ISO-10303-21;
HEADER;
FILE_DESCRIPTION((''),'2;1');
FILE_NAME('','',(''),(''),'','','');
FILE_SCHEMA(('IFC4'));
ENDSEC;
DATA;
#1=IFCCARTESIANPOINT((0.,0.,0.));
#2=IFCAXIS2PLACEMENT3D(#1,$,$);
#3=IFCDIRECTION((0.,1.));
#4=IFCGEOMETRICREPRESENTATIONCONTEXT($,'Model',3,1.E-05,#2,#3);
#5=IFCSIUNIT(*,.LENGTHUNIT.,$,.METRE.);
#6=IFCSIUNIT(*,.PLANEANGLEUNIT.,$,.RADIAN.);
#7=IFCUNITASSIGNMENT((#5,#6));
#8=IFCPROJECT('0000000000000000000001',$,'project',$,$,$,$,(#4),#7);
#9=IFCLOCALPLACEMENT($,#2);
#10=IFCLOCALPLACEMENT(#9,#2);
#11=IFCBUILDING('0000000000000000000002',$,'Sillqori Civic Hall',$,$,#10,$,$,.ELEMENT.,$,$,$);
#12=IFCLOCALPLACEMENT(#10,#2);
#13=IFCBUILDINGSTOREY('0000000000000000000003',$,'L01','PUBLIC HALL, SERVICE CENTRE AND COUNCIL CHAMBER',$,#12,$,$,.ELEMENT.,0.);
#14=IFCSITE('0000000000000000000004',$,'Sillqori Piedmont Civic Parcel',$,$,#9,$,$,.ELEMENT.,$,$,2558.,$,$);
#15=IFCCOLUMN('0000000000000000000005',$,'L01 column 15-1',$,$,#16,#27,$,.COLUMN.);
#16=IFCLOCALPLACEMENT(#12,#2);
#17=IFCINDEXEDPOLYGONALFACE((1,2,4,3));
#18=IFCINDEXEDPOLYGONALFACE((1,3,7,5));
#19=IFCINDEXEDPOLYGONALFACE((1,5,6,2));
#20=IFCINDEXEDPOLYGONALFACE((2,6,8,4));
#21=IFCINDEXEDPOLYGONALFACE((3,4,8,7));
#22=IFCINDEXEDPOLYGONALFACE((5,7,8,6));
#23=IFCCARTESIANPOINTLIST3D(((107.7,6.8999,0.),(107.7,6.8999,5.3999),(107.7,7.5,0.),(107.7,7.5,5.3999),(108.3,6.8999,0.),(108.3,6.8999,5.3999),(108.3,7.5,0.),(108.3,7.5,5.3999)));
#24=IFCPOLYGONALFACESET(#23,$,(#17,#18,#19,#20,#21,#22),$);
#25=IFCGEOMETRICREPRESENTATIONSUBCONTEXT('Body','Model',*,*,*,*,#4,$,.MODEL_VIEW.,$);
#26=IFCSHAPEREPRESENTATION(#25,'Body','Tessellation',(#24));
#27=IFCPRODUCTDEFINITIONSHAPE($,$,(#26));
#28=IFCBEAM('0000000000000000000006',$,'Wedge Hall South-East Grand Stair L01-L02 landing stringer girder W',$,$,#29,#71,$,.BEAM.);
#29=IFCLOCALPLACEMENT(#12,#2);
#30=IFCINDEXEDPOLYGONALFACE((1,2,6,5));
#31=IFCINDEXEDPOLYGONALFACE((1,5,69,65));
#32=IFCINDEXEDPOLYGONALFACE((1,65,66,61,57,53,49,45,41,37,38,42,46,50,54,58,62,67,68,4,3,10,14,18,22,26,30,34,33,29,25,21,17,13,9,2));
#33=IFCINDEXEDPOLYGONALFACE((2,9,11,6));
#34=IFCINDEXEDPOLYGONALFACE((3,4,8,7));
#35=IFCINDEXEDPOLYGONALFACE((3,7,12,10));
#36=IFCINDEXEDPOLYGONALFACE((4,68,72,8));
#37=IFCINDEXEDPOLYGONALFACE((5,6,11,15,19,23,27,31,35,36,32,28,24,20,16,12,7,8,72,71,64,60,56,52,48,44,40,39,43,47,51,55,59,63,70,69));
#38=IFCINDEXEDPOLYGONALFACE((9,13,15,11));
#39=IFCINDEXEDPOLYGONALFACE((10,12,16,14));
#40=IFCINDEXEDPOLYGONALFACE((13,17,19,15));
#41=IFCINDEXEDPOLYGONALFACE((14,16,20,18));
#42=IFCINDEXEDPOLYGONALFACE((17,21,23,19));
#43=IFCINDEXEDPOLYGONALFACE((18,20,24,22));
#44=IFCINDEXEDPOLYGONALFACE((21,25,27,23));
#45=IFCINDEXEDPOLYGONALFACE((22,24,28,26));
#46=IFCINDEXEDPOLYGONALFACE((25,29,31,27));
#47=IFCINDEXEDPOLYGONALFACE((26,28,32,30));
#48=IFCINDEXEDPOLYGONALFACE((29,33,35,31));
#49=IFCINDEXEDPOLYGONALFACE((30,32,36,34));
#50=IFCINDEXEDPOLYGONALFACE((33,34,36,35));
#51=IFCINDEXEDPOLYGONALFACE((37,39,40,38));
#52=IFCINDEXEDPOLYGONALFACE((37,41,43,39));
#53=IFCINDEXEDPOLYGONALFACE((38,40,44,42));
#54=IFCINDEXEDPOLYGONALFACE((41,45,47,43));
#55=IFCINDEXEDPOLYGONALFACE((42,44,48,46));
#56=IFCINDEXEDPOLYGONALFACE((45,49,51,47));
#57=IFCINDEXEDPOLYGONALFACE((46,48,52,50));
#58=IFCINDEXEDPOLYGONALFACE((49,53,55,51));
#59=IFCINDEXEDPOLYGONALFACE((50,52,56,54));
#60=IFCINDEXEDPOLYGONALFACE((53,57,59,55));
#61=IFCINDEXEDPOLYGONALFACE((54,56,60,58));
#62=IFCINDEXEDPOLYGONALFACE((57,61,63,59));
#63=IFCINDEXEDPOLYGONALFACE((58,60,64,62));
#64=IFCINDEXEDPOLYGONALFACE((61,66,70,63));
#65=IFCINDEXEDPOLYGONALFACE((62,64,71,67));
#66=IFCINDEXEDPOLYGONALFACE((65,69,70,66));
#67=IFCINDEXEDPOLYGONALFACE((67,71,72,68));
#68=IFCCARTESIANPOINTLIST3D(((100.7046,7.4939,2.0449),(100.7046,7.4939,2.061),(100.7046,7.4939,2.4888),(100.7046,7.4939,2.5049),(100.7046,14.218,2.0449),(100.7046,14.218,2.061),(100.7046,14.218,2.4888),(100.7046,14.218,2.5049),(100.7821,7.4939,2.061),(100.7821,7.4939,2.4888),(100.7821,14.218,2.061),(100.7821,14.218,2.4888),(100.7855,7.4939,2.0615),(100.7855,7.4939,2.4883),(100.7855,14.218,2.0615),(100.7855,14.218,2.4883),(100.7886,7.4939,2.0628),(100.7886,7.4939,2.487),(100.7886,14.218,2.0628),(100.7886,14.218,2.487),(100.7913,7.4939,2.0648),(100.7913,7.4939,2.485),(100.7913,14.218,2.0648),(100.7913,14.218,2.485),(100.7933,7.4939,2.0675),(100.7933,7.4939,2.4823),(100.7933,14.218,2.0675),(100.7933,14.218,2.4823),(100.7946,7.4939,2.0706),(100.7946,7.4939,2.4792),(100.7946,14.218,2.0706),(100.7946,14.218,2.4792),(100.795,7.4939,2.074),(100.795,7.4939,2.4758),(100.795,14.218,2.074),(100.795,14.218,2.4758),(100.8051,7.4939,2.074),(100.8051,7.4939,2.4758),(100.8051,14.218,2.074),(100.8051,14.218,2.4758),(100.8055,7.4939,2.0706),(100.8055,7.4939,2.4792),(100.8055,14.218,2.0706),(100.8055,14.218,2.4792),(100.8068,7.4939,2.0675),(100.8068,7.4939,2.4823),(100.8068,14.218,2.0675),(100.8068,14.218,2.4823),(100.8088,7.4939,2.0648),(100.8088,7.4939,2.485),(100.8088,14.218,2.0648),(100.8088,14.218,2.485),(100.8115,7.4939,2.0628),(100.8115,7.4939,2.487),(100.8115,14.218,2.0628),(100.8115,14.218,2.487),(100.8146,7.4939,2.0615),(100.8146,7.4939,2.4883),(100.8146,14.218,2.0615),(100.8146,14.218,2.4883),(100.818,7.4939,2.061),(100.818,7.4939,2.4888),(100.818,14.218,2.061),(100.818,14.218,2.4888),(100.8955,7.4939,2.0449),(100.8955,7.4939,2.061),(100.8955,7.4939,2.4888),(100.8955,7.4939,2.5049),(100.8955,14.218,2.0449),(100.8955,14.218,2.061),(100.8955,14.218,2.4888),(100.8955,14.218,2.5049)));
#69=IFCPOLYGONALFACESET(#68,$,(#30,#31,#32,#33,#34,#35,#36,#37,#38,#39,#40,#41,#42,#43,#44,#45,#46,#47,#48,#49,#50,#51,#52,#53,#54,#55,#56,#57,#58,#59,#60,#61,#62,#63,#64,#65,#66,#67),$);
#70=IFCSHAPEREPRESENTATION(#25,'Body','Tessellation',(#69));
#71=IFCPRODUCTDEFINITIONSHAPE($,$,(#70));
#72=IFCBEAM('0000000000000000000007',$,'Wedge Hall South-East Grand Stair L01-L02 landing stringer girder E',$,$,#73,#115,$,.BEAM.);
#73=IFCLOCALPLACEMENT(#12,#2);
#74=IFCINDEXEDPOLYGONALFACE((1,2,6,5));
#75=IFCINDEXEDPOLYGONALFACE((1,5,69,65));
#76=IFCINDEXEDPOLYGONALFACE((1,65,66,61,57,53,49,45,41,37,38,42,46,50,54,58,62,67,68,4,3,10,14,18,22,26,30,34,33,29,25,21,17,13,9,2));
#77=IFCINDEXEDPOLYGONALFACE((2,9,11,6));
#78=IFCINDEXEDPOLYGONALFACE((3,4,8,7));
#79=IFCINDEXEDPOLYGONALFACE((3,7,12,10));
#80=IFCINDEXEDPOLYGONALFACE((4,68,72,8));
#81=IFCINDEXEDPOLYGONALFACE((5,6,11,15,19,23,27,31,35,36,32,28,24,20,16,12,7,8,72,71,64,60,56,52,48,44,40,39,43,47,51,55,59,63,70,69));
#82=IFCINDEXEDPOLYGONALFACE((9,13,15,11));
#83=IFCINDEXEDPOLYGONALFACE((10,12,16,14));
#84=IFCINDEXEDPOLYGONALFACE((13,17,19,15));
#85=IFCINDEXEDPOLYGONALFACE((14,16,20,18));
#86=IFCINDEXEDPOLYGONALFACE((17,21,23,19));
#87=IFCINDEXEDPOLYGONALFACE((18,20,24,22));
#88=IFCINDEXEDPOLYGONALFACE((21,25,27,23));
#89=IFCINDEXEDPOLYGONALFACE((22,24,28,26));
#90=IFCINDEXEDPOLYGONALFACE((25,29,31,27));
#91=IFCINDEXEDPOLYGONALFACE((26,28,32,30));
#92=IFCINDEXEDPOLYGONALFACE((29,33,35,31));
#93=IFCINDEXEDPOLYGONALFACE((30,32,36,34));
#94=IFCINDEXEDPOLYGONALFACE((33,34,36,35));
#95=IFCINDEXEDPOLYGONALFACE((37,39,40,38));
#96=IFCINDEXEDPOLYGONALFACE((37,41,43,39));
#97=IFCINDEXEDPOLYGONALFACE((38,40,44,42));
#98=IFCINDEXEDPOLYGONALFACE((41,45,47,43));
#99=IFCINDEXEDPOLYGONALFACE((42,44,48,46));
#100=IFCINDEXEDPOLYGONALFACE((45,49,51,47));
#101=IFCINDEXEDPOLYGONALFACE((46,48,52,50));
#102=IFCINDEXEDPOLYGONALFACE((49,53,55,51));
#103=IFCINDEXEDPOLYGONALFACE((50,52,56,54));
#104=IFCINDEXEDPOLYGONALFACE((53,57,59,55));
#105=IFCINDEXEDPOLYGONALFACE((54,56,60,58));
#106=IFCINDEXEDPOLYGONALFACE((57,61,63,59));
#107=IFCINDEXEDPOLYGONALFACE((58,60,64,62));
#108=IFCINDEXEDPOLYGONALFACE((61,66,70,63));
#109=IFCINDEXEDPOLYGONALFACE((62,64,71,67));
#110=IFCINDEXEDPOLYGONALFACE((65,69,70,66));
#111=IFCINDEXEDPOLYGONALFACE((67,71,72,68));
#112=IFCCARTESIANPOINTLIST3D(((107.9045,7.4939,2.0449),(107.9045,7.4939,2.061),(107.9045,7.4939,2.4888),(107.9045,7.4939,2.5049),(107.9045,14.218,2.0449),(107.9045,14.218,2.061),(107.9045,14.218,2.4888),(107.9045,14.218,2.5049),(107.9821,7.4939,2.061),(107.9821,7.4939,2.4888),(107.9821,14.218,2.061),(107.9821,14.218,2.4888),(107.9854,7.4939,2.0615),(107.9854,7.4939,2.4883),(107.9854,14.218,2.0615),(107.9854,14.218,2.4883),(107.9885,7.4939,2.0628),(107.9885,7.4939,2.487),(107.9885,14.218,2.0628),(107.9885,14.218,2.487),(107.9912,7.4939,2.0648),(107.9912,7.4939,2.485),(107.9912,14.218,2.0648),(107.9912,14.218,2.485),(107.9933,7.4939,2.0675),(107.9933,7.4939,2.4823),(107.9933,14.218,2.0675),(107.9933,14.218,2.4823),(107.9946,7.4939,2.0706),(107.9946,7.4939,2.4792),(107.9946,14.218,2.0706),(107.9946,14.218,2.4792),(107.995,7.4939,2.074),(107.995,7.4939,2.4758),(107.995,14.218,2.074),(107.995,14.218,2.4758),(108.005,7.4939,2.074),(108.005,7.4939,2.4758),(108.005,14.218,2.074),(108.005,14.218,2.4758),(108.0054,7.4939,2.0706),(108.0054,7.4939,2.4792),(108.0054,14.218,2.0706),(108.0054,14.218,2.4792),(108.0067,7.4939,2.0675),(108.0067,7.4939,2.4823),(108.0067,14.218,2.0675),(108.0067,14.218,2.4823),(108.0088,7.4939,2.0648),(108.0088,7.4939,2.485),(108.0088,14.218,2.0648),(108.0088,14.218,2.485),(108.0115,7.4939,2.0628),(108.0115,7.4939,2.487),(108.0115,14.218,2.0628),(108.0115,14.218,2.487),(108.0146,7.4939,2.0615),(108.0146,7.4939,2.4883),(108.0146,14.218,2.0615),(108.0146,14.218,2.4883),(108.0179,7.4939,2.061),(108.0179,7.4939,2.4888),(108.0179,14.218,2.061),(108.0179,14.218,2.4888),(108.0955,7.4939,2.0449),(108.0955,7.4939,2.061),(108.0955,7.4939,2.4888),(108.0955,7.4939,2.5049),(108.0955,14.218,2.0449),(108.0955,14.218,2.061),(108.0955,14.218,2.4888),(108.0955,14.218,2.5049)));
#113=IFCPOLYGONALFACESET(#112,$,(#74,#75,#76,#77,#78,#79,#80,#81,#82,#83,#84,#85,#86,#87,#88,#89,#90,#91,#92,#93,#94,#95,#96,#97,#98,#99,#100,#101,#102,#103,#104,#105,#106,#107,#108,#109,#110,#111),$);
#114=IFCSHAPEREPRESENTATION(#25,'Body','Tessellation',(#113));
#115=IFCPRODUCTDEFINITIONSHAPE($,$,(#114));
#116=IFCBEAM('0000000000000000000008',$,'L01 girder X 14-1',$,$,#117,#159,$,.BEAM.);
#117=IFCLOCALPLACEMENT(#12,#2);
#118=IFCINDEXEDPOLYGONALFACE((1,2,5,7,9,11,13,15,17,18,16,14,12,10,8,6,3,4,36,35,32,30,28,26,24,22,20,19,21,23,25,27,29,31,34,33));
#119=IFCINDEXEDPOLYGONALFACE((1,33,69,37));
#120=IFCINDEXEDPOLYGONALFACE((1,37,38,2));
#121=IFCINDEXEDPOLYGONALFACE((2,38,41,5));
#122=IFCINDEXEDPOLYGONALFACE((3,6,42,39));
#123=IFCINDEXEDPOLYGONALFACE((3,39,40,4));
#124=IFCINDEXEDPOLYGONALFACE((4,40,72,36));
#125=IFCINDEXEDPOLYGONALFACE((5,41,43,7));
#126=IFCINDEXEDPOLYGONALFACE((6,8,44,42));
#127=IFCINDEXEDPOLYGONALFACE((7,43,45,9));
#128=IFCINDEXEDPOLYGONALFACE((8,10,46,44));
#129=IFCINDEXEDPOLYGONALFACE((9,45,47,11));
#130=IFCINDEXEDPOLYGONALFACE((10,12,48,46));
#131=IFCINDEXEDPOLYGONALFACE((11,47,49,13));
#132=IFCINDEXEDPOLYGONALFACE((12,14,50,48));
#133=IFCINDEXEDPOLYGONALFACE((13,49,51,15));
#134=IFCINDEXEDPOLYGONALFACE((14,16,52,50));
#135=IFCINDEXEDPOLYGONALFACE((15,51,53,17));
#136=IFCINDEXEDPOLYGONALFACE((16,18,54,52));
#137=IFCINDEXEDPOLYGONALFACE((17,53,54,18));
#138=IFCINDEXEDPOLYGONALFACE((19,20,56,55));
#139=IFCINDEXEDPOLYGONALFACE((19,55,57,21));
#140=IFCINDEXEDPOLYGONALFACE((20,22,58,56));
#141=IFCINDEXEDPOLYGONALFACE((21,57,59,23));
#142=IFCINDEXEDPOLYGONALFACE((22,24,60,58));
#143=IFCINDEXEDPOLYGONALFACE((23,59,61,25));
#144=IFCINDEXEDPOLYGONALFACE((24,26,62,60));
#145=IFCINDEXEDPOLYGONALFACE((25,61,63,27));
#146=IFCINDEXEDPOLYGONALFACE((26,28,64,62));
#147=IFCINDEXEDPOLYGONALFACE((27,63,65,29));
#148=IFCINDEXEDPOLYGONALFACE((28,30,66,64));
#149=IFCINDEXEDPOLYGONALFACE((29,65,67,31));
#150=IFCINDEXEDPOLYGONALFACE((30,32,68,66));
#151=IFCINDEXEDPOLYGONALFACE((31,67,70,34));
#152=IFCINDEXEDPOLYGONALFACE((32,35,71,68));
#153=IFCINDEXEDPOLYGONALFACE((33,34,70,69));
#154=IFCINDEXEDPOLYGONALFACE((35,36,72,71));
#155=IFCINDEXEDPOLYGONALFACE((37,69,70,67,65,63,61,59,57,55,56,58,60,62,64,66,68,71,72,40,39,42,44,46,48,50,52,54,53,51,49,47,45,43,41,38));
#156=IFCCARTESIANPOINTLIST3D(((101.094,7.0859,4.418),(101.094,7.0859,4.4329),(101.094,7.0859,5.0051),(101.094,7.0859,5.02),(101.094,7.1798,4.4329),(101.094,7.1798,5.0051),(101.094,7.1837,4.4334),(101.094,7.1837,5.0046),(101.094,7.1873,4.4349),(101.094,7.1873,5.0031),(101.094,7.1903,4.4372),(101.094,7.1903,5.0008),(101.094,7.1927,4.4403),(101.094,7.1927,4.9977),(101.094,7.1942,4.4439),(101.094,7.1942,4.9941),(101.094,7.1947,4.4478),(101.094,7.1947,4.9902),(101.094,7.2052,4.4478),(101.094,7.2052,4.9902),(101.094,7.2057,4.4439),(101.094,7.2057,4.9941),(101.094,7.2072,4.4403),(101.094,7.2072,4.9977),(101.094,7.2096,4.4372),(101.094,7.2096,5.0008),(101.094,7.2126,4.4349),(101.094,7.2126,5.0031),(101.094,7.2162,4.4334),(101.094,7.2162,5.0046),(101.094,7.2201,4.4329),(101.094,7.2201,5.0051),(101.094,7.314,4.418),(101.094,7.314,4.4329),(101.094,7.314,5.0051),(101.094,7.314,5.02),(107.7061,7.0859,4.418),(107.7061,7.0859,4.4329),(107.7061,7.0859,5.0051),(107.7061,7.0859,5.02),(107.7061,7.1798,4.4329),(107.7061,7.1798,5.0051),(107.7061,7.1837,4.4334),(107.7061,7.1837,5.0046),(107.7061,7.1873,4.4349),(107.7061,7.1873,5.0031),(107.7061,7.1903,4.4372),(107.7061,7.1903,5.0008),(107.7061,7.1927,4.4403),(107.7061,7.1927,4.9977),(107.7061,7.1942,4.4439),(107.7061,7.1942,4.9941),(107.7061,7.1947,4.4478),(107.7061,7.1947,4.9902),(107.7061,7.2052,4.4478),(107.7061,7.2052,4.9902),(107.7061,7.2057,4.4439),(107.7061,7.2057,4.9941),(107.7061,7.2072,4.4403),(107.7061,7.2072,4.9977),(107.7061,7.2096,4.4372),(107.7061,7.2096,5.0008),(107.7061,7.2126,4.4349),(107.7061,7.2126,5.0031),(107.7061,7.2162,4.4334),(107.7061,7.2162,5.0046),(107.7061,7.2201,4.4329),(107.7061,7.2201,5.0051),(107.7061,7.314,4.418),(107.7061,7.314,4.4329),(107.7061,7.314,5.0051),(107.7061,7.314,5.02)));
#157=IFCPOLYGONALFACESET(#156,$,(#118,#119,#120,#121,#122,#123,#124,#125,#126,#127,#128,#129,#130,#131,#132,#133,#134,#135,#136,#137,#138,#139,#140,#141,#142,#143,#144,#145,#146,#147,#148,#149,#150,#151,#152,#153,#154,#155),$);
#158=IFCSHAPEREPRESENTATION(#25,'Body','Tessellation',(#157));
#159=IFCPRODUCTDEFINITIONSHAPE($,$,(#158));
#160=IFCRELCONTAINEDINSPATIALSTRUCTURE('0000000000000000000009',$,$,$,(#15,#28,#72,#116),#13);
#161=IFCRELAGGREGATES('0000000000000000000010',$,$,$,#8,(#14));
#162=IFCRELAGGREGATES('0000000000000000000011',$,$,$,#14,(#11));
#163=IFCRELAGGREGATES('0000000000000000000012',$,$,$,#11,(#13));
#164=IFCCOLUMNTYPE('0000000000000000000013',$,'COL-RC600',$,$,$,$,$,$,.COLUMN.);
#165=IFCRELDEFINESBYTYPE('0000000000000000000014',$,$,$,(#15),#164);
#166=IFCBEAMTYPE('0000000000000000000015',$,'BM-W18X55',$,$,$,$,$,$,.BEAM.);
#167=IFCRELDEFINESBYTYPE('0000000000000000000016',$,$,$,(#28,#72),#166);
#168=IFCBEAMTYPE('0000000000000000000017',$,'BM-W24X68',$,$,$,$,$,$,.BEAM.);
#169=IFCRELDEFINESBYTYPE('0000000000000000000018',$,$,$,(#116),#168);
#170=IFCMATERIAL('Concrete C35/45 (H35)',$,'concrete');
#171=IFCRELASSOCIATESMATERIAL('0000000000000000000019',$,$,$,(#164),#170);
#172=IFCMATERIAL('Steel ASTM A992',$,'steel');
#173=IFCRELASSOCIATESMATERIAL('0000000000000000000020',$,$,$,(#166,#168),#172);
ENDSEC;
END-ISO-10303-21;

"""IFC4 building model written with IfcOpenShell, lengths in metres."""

from ifc_helpers import new_model, si_unit, direction, frame, origin, origin_2d, place, context, subcontext, project, spatial, rectangle, i_section, extrude, material, material_profile, profile_set, type_object, element, save


model = new_model("IFC4")

# Units and contexts
model_context = context("Model", 3, precision=1e-05, world=origin(), true_north=direction((0.0, 1.0)))
body_context = subcontext(model_context, "Body", "Model", "MODEL_VIEW")
ifc_project = project(units=[si_unit("LENGTHUNIT", "METRE"), si_unit("PLANEANGLEUNIT", "RADIAN")], contexts=[model_context])

# Site, building, storey
site_placement = place(None, origin())
site = spatial("IfcSite", under=ifc_project, at=site_placement, Name="Sillqori Piedmont Civic Parcel", CompositionType="ELEMENT", RefElevation=2558.0)
building_placement = place(site_placement, origin())
building = spatial("IfcBuilding", under=site, at=building_placement, Name="Sillqori Civic Hall", CompositionType="ELEMENT")
storey_placement = place(building_placement, origin())
storey = spatial("IfcBuildingStorey", under=building, at=storey_placement, Name="L01", Description="PUBLIC HALL, SERVICE CENTRE AND COUNCIL CHAMBER", CompositionType="ELEMENT", Elevation=0.0)

# Column
ifc_material_1 = material(Name="Concrete C35/45 (H35)", Category="concrete")
ifc_material_profile_1 = material_profile(ifc_material_1, rectangle(XDim=0.6001, YDim=0.6001, at=origin_2d()), Name="RC 600x600")
ifc_profile_set_1 = profile_set([ifc_material_profile_1], Name="Concrete C35/45 (H35)")
column_type = type_object("IfcColumnType", Name="COL-RC600", PredefinedType="COLUMN", material=ifc_profile_set_1)
column_placement = place(storey_placement, frame((108.0, 7.2, 0.0), z_axis=(0.0, 0.0, 1.0), x_axis=(1.0, 0.0, 0.0)))
element("IfcColumn", 1, at=column_placement, inside=storey, type_object=column_type, Name="L01 column 15-1", PredefinedType="COLUMN", context=body_context, shape_type="SweptSolid", body=[
    extrude(rectangle(XDim=0.6001, YDim=0.6001, at=origin_2d()), origin(), (0.0, 0.0, 1.0), 5.3999),
])

# Beams
ifc_material_2 = material(Name="Steel ASTM A992", Category="steel")
ifc_material_profile_2 = material_profile(ifc_material_2, i_section(OverallWidth=0.1909, OverallDepth=0.46, WebThickness=0.01, FlangeThickness=0.0161, FilletRadius=0.0129, at=origin_2d()), Name="W18X55")
ifc_profile_set_2 = profile_set([ifc_material_profile_2], Name="Steel ASTM A992")
beam_type_1 = type_object("IfcBeamType", Name="BM-W18X55", PredefinedType="BEAM", material=ifc_profile_set_2)
for number, where, z_axis, x_axis, name in (
    (2, (100.8, 7.4939, 2.2749), (0.0, 1.0, 0.0), (-1.0, 0.0, 0.0), "Wedge Hall South-East Grand Stair L01-L02 landing stringer girder W"),
    (3, (108.0, 7.4939, 2.2749), (0.0, 1.0, 0.0), (-1.0, 0.0, 0.0), "Wedge Hall South-East Grand Stair L01-L02 landing stringer girder E"),
):
    element("IfcBeam", number, at=place(storey_placement, frame(where, z_axis=z_axis, x_axis=x_axis)), inside=storey, type_object=beam_type_1, Name=name, PredefinedType="BEAM", context=body_context, shape_type="SweptSolid", body=[
        extrude(i_section(OverallWidth=0.1909, OverallDepth=0.46, WebThickness=0.01, FlangeThickness=0.0161, FilletRadius=0.0129, at=origin_2d()), origin(), (0.0, 0.0, 1.0), 6.7241),
    ])
ifc_material_profile_3 = material_profile(ifc_material_2, i_section(OverallWidth=0.228, OverallDepth=0.6021, WebThickness=0.0105, FlangeThickness=0.0149, FilletRadius=0.0149, at=origin_2d()), Name="W24X68")
ifc_profile_set_3 = profile_set([ifc_material_profile_3], Name="Steel ASTM A992")
beam_type_2 = type_object("IfcBeamType", Name="BM-W24X68", PredefinedType="BEAM", material=ifc_profile_set_3)
beam_1_placement = place(storey_placement, frame((101.094, 7.2, 4.719), z_axis=(1.0, 0.0, 0.0), x_axis=(0.0, 1.0, 0.0)))
element("IfcBeam", 4, at=beam_1_placement, inside=storey, type_object=beam_type_2, Name="L01 girder X 14-1", PredefinedType="BEAM", context=body_context, shape_type="SweptSolid", body=[
    extrude(i_section(OverallWidth=0.228, OverallDepth=0.6021, WebThickness=0.0105, FlangeThickness=0.0149, FilletRadius=0.0149, at=origin_2d()), origin(), (0.0, 0.0, 1.0), 6.6121),
])

save(model, "model.ifc")
